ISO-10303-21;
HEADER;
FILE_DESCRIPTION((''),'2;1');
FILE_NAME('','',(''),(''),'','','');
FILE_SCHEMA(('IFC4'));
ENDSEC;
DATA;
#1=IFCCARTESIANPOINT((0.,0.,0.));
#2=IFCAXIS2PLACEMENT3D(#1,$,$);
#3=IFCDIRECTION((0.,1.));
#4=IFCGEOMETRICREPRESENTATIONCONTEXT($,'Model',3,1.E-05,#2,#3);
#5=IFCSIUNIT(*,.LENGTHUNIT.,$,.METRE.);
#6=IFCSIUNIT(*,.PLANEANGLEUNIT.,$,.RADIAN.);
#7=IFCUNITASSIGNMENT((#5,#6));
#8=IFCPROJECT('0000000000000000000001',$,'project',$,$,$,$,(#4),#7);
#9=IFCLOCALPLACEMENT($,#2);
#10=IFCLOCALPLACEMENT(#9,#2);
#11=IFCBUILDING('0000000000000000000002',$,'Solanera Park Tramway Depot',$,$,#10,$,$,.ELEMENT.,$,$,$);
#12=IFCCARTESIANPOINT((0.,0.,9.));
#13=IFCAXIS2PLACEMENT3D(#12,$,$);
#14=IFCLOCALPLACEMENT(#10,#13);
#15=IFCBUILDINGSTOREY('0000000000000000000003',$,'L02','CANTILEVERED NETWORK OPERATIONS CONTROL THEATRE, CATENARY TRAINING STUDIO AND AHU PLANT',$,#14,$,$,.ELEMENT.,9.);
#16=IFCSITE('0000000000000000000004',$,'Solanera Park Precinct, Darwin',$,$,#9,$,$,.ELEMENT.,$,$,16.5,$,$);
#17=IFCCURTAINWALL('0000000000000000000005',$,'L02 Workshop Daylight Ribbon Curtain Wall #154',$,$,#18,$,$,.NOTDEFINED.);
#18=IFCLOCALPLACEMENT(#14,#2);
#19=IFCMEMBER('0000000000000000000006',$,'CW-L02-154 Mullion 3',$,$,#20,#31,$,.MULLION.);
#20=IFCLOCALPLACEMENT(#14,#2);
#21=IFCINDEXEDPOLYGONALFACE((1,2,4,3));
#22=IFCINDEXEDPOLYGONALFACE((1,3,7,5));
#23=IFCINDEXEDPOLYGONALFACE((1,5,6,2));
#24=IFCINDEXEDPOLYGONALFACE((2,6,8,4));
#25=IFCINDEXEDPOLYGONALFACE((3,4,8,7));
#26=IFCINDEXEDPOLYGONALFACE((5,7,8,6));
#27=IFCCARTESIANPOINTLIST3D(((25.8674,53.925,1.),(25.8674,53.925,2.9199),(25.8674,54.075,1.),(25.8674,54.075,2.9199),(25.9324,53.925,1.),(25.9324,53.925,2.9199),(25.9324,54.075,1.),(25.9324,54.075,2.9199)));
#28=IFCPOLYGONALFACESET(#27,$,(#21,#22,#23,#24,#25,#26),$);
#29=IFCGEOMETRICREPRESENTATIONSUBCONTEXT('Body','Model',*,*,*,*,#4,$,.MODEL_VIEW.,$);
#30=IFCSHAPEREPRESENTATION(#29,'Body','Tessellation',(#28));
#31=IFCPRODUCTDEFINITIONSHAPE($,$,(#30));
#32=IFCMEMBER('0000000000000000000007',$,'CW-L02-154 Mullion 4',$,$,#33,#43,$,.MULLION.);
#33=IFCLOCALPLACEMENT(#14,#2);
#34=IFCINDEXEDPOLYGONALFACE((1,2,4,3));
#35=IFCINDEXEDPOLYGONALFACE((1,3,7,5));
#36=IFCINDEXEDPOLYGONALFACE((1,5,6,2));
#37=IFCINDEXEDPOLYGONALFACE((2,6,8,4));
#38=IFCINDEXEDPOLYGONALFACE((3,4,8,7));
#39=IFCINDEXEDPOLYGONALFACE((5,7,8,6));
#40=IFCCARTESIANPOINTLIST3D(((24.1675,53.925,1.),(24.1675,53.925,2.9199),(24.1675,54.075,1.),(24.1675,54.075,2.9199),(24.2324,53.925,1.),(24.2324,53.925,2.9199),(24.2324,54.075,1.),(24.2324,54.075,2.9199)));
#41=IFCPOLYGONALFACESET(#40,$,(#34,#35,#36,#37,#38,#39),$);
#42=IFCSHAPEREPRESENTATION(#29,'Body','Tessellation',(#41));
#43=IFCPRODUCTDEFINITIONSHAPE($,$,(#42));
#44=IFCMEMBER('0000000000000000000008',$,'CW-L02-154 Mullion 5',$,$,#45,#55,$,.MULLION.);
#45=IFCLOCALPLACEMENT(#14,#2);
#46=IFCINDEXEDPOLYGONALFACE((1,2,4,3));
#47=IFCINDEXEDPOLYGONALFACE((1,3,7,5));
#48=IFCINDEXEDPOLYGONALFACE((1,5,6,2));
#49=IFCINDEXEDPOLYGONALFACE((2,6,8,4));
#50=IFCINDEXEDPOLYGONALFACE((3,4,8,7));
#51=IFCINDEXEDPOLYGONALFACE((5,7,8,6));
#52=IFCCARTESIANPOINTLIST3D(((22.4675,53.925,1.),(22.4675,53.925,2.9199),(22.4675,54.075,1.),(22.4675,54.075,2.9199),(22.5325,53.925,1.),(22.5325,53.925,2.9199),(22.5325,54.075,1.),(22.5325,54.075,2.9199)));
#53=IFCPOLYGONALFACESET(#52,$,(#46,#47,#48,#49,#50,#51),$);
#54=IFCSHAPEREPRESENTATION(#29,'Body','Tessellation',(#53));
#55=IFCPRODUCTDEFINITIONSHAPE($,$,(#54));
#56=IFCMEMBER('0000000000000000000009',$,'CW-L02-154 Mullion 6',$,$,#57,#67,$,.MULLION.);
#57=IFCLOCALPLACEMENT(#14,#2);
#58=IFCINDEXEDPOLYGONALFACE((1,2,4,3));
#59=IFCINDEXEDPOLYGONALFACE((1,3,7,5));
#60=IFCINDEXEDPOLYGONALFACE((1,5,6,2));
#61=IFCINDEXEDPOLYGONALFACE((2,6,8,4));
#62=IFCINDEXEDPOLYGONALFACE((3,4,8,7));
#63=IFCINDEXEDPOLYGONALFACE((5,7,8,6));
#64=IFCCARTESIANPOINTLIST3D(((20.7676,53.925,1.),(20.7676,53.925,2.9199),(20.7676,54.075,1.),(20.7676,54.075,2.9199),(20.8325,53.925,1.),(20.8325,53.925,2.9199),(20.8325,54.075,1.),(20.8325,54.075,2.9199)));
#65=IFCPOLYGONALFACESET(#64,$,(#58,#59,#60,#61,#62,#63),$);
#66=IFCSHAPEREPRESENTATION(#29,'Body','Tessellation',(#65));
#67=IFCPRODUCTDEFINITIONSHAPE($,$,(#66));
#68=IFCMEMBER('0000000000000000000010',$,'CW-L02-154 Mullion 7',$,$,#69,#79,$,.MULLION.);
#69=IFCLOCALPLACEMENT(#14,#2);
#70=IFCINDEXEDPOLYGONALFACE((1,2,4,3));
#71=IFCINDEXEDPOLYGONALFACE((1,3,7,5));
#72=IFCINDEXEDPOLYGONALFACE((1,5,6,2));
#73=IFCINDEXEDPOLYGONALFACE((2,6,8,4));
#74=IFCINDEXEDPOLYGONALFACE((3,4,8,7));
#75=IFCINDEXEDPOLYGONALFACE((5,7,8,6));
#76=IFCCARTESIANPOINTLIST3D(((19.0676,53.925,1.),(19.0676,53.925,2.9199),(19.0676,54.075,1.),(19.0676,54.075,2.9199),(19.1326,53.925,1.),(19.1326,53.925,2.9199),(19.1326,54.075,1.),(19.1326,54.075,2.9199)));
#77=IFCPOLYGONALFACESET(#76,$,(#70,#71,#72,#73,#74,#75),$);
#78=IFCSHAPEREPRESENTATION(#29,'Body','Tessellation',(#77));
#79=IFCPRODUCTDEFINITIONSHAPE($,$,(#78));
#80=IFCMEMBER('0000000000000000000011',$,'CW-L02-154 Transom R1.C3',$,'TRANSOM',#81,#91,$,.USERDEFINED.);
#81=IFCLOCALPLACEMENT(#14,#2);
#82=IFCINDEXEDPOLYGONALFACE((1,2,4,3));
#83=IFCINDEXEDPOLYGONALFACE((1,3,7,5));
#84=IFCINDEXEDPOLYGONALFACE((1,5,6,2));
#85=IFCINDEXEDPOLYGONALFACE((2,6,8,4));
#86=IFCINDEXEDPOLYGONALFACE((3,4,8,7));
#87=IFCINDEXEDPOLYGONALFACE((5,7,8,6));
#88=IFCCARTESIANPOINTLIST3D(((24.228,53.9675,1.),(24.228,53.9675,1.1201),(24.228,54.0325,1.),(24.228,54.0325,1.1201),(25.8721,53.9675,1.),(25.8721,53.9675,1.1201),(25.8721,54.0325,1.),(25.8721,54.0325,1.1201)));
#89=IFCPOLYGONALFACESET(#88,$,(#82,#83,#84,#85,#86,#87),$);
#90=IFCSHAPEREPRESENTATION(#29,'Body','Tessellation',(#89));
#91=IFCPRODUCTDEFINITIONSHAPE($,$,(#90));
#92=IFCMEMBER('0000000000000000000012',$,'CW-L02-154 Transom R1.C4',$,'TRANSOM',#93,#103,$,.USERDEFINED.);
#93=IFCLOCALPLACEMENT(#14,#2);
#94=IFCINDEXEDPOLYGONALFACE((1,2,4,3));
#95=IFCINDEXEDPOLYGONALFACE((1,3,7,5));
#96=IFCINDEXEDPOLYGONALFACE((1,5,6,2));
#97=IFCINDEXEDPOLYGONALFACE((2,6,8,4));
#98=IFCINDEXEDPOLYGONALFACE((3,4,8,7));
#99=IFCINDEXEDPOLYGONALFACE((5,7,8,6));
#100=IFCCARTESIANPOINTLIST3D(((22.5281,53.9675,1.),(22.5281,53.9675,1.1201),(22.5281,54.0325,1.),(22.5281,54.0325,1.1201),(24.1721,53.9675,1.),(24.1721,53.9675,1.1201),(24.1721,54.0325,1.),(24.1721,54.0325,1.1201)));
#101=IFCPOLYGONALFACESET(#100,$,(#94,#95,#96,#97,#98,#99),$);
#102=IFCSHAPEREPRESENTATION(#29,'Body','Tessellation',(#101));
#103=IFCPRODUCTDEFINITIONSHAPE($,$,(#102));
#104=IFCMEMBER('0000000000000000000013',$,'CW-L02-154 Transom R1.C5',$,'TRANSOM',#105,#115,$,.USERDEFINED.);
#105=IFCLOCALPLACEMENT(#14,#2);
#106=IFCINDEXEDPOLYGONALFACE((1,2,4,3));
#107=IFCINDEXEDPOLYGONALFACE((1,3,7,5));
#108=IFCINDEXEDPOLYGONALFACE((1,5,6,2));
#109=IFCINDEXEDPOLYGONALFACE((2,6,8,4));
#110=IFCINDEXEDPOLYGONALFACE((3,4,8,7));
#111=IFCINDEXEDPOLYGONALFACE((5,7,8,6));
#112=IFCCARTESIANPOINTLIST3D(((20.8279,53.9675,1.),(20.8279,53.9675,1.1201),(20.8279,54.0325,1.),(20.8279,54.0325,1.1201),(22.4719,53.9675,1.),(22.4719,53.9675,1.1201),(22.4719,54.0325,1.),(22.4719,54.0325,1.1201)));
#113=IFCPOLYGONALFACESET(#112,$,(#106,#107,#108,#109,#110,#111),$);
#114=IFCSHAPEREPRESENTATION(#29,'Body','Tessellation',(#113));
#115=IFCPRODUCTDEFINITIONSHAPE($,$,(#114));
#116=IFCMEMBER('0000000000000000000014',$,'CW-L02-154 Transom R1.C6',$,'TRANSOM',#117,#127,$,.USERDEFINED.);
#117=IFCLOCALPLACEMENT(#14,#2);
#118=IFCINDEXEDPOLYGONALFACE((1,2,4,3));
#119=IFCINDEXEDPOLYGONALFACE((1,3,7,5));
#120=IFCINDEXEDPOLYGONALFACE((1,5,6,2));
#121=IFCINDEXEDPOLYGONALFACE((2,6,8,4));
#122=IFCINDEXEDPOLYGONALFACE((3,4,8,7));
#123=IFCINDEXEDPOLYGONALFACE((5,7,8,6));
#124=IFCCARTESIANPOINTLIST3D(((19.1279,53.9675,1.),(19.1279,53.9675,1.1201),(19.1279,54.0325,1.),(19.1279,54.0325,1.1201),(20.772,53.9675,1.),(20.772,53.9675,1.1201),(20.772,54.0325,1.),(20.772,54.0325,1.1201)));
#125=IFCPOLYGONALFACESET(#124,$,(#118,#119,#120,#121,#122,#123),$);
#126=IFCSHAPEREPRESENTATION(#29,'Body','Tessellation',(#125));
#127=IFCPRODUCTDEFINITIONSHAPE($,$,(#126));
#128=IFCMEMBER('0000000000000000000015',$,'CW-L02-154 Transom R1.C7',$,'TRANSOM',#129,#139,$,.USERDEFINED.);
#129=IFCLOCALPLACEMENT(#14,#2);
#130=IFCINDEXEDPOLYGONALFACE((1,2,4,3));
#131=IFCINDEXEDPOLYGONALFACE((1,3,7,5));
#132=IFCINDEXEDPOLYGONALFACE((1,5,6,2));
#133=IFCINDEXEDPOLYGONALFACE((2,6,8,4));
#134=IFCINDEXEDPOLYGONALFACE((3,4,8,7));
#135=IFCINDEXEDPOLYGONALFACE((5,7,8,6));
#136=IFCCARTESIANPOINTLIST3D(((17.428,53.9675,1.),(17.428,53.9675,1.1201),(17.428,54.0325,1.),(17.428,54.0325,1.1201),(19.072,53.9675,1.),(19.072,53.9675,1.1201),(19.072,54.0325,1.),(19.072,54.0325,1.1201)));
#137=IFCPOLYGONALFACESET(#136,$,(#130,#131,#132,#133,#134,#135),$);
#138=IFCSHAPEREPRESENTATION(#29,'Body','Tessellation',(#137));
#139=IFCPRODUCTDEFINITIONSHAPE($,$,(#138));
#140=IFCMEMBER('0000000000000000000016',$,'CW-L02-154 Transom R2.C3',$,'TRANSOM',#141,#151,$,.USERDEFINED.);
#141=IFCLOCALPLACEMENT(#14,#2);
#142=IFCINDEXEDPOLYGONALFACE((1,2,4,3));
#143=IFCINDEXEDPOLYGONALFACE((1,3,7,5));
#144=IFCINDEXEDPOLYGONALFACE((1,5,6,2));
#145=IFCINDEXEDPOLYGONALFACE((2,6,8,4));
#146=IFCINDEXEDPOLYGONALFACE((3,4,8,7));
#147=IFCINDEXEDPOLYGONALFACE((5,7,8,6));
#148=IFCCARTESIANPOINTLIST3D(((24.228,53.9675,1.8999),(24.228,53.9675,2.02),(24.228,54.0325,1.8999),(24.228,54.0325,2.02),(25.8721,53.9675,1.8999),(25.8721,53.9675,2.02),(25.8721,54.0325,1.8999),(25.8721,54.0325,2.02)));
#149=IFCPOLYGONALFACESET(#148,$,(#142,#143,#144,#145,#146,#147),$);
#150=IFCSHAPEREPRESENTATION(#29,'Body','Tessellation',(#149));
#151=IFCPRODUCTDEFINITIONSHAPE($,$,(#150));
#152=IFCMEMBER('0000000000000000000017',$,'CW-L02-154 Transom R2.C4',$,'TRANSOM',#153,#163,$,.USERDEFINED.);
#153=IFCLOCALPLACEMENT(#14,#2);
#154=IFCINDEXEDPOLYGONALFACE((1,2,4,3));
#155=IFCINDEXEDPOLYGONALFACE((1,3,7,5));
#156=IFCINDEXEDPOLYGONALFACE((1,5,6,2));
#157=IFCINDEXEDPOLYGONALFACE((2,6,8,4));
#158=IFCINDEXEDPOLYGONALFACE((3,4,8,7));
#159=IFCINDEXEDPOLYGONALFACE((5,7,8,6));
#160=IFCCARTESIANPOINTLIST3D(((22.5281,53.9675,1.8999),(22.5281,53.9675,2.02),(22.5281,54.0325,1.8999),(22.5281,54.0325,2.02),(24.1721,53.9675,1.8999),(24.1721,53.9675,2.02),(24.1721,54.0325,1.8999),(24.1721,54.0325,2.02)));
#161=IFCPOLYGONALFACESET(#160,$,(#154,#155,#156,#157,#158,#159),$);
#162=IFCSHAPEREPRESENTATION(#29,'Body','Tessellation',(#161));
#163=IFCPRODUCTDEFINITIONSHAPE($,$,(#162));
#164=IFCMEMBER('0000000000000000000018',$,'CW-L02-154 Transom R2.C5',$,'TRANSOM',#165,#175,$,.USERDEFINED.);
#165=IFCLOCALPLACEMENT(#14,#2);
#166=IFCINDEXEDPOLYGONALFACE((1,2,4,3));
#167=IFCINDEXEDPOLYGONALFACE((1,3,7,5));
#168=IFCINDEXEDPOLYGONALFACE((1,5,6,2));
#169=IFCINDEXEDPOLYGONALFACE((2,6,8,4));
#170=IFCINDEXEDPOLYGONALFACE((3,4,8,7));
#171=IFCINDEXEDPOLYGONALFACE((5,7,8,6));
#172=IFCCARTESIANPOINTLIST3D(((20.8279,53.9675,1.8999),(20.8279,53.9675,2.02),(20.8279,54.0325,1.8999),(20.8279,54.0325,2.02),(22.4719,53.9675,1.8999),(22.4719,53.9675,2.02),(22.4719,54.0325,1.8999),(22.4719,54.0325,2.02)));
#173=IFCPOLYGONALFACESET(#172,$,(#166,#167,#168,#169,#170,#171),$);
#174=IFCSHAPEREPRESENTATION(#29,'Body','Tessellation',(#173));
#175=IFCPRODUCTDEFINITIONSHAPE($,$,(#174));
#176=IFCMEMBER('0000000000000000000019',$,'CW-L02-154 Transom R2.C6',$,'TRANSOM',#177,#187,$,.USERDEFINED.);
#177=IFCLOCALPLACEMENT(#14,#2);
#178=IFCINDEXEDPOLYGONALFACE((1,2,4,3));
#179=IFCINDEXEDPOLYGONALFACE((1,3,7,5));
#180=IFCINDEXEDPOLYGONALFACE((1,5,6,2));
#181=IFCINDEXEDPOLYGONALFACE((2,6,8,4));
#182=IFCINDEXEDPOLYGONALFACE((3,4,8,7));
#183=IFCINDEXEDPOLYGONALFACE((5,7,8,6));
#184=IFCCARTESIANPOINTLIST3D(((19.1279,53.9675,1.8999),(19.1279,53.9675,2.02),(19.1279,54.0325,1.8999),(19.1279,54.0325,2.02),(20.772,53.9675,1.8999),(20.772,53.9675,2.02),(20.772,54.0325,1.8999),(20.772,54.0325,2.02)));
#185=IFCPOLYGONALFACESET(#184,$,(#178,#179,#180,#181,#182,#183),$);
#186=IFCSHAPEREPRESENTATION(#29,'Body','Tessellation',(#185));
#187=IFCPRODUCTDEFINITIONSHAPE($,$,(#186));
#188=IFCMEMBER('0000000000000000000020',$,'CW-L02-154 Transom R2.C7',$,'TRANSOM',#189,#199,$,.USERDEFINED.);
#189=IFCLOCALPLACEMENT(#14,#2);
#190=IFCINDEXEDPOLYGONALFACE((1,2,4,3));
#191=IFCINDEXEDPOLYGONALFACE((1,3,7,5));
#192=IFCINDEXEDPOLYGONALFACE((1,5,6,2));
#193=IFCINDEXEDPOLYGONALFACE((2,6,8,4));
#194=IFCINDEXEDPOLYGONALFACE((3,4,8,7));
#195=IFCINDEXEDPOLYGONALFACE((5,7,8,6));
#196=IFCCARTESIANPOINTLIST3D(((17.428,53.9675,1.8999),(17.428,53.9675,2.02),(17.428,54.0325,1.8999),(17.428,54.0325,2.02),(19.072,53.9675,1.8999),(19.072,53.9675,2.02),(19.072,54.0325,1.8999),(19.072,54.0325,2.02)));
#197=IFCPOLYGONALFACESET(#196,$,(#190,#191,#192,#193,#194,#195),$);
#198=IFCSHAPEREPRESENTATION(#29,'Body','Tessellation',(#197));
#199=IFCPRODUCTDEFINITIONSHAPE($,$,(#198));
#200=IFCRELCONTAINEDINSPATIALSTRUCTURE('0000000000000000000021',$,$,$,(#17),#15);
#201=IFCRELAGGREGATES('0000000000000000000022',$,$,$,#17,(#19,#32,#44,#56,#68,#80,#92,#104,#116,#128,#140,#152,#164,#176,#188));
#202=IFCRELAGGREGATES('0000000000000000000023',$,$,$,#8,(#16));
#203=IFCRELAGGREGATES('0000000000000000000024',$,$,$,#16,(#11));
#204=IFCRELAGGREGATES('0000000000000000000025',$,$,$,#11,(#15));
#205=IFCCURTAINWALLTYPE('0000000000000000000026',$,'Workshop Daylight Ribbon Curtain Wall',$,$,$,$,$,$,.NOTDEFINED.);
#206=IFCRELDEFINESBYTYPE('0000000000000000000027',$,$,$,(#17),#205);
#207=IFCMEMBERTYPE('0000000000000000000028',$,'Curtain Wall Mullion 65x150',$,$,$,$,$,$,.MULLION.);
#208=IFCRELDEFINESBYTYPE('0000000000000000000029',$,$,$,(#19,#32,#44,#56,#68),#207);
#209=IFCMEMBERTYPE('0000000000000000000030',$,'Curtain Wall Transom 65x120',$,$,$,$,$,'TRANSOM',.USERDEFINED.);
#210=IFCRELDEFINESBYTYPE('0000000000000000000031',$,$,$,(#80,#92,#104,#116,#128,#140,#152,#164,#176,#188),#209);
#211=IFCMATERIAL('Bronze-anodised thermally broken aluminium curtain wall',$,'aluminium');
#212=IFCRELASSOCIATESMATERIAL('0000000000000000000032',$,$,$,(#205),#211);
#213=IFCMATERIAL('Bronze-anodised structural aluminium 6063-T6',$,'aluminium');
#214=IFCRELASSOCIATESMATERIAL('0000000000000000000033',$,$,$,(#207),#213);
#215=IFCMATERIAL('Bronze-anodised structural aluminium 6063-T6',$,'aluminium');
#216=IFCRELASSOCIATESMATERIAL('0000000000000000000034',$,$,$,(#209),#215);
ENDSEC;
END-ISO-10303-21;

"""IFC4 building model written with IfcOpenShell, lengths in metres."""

from ifc_helpers import new_model, si_unit, direction, frame, origin, origin_2d, place, context, subcontext, project, spatial, rectangle, extrude, material, material_profile, profile_set, type_object, element, aggregate, save


model = new_model("IFC4")

# Units and contexts
model_context = context("Model", 3, precision=1e-05, world=origin(), true_north=direction((0.0, 1.0)))
body_context = subcontext(model_context, "Body", "Model", "MODEL_VIEW")
ifc_project = project(units=[si_unit("LENGTHUNIT", "METRE"), si_unit("PLANEANGLEUNIT", "RADIAN")], contexts=[model_context])

# Site, building, storey
site_placement = place(None, origin())
site = spatial("IfcSite", under=ifc_project, at=site_placement, Name="Solanera Park Precinct, Darwin", CompositionType="ELEMENT", RefElevation=16.5)
building_placement = place(site_placement, origin())
building = spatial("IfcBuilding", under=site, at=building_placement, Name="Solanera Park Tramway Depot", CompositionType="ELEMENT")
storey_placement = place(building_placement, frame((0.0, 0.0, 9.0)))
storey = spatial("IfcBuildingStorey", under=building, at=storey_placement, Name="L02", Description="CANTILEVERED NETWORK OPERATIONS CONTROL THEATRE, CATENARY TRAINING STUDIO AND AHU PLANT", CompositionType="ELEMENT", Elevation=9.0)

# Curtain wall, members
ifc_material_1 = material(Name="Bronze-anodised thermally broken aluminium curtain wall", Category="aluminium")
curtain_wall_type = type_object("IfcCurtainWallType", Name="Workshop Daylight Ribbon Curtain Wall", PredefinedType="NOTDEFINED", material=ifc_material_1)
curtain_wall_placement = place(storey_placement, origin())
curtain_wall = element("IfcCurtainWall", 1, at=curtain_wall_placement, inside=storey, type_object=curtain_wall_type, Name="L02 Workshop Daylight Ribbon Curtain Wall #154", PredefinedType="NOTDEFINED")
ifc_material_2 = material(Name="Bronze-anodised structural aluminium 6063-T6", Category="aluminium")
ifc_material_profile_1 = material_profile(ifc_material_2, rectangle(XDim=0.0649, YDim=0.1499, at=origin_2d()), Name="Curtain Wall Mullion 65x150")
ifc_profile_set_1 = profile_set([ifc_material_profile_1], Name="Bronze-anodised structural aluminium 6063-T6")
member_type_1 = type_object("IfcMemberType", Name="Curtain Wall Mullion 65x150", PredefinedType="MULLION", material=ifc_profile_set_1)
member_1_placement = place(storey_placement, frame((25.8999, 54.0, 1.0), z_axis=(0.0, 0.0, 1.0), x_axis=(1.0, 0.0, 0.0)))
member_1 = element("IfcMember", 2, at=member_1_placement, type_object=member_type_1, Name="CW-L02-154 Mullion 3", PredefinedType="MULLION", context=body_context, shape_type="SweptSolid", body=[
    extrude(rectangle(XDim=0.0649, YDim=0.1499, at=origin_2d()), origin(), (0.0, 0.0, 1.0), 1.9199),
])
member_2_placement = place(storey_placement, frame((24.2, 54.0, 1.0), z_axis=(0.0, 0.0, 1.0), x_axis=(1.0, 0.0, 0.0)))
member_2 = element("IfcMember", 3, at=member_2_placement, type_object=member_type_1, Name="CW-L02-154 Mullion 4", PredefinedType="MULLION", context=body_context, shape_type="SweptSolid", body=[
    extrude(rectangle(XDim=0.0649, YDim=0.1499, at=origin_2d()), origin(), (0.0, 0.0, 1.0), 1.9199),
])
member_3_placement = place(storey_placement, frame((22.5, 54.0, 1.0), z_axis=(0.0, 0.0, 1.0), x_axis=(1.0, 0.0, 0.0)))
member_3 = element("IfcMember", 4, at=member_3_placement, type_object=member_type_1, Name="CW-L02-154 Mullion 5", PredefinedType="MULLION", context=body_context, shape_type="SweptSolid", body=[
    extrude(rectangle(XDim=0.0649, YDim=0.1499, at=origin_2d()), origin(), (0.0, 0.0, 1.0), 1.9199),
])
member_4_placement = place(storey_placement, frame((20.8, 54.0, 1.0), z_axis=(0.0, 0.0, 1.0), x_axis=(1.0, 0.0, 0.0)))
member_4 = element("IfcMember", 5, at=member_4_placement, type_object=member_type_1, Name="CW-L02-154 Mullion 6", PredefinedType="MULLION", context=body_context, shape_type="SweptSolid", body=[
    extrude(rectangle(XDim=0.0649, YDim=0.1499, at=origin_2d()), origin(), (0.0, 0.0, 1.0), 1.9199),
])
member_5_placement = place(storey_placement, frame((19.1001, 54.0, 1.0), z_axis=(0.0, 0.0, 1.0), x_axis=(1.0, 0.0, 0.0)))
member_5 = element("IfcMember", 6, at=member_5_placement, type_object=member_type_1, Name="CW-L02-154 Mullion 7", PredefinedType="MULLION", context=body_context, shape_type="SweptSolid", body=[
    extrude(rectangle(XDim=0.0649, YDim=0.1499, at=origin_2d()), origin(), (0.0, 0.0, 1.0), 1.9199),
])
ifc_material_3 = material(Name="Bronze-anodised structural aluminium 6063-T6", Category="aluminium")
ifc_material_profile_2 = material_profile(ifc_material_3, rectangle(XDim=0.0649, YDim=0.1201, at=origin_2d()), Name="Curtain Wall Transom 65x120")
ifc_profile_set_2 = profile_set([ifc_material_profile_2], Name="Bronze-anodised structural aluminium 6063-T6")
member_type_2 = type_object("IfcMemberType", Name="Curtain Wall Transom 65x120", ElementType="TRANSOM", PredefinedType="USERDEFINED", material=ifc_profile_set_2)
member_6_placement = place(storey_placement, frame((25.8721, 54.0, 1.0601), z_axis=(-1.0, 0.0, 0.0), x_axis=(0.0, -1.0, 0.0)))
member_6 = element("IfcMember", 7, at=member_6_placement, type_object=member_type_2, Name="CW-L02-154 Transom R1.C3", ObjectType="TRANSOM", PredefinedType="USERDEFINED", context=body_context, shape_type="SweptSolid", body=[
    extrude(rectangle(XDim=0.0649, YDim=0.1201, at=origin_2d()), origin(), (0.0, 0.0, 1.0), 1.644),
])
member_7_placement = place(storey_placement, frame((24.1721, 54.0, 1.0601), z_axis=(-1.0, 0.0, 0.0), x_axis=(0.0, -1.0, 0.0)))
member_7 = element("IfcMember", 8, at=member_7_placement, type_object=member_type_2, Name="CW-L02-154 Transom R1.C4", ObjectType="TRANSOM", PredefinedType="USERDEFINED", context=body_context, shape_type="SweptSolid", body=[
    extrude(rectangle(XDim=0.0649, YDim=0.1201, at=origin_2d()), origin(), (0.0, 0.0, 1.0), 1.644),
])
member_8_placement = place(storey_placement, frame((22.4719, 54.0, 1.0601), z_axis=(-1.0, 0.0, 0.0), x_axis=(0.0, -1.0, 0.0)))
member_8 = element("IfcMember", 9, at=member_8_placement, type_object=member_type_2, Name="CW-L02-154 Transom R1.C5", ObjectType="TRANSOM", PredefinedType="USERDEFINED", context=body_context, shape_type="SweptSolid", body=[
    extrude(rectangle(XDim=0.0649, YDim=0.1201, at=origin_2d()), origin(), (0.0, 0.0, 1.0), 1.644),
])
member_9_placement = place(storey_placement, frame((20.772, 54.0, 1.0601), z_axis=(-1.0, 0.0, 0.0), x_axis=(0.0, -1.0, 0.0)))
member_9 = element("IfcMember", 10, at=member_9_placement, type_object=member_type_2, Name="CW-L02-154 Transom R1.C6", ObjectType="TRANSOM", PredefinedType="USERDEFINED", context=body_context, shape_type="SweptSolid", body=[
    extrude(rectangle(XDim=0.0649, YDim=0.1201, at=origin_2d()), origin(), (0.0, 0.0, 1.0), 1.644),
])
member_10_placement = place(storey_placement, frame((19.072, 54.0, 1.0601), z_axis=(-1.0, 0.0, 0.0), x_axis=(0.0, -1.0, 0.0)))
member_10 = element("IfcMember", 11, at=member_10_placement, type_object=member_type_2, Name="CW-L02-154 Transom R1.C7", ObjectType="TRANSOM", PredefinedType="USERDEFINED", context=body_context, shape_type="SweptSolid", body=[
    extrude(rectangle(XDim=0.0649, YDim=0.1201, at=origin_2d()), origin(), (0.0, 0.0, 1.0), 1.644),
])
member_11_placement = place(storey_placement, frame((25.8721, 54.0, 1.96), z_axis=(-1.0, 0.0, 0.0), x_axis=(0.0, -1.0, 0.0)))
member_11 = element("IfcMember", 12, at=member_11_placement, type_object=member_type_2, Name="CW-L02-154 Transom R2.C3", ObjectType="TRANSOM", PredefinedType="USERDEFINED", context=body_context, shape_type="SweptSolid", body=[
    extrude(rectangle(XDim=0.0649, YDim=0.1201, at=origin_2d()), origin(), (0.0, 0.0, 1.0), 1.644),
])
member_12_placement = place(storey_placement, frame((24.1721, 54.0, 1.96), z_axis=(-1.0, 0.0, 0.0), x_axis=(0.0, -1.0, 0.0)))
member_12 = element("IfcMember", 13, at=member_12_placement, type_object=member_type_2, Name="CW-L02-154 Transom R2.C4", ObjectType="TRANSOM", PredefinedType="USERDEFINED", context=body_context, shape_type="SweptSolid", body=[
    extrude(rectangle(XDim=0.0649, YDim=0.1201, at=origin_2d()), origin(), (0.0, 0.0, 1.0), 1.644),
])
member_13_placement = place(storey_placement, frame((22.4719, 54.0, 1.96), z_axis=(-1.0, 0.0, 0.0), x_axis=(0.0, -1.0, 0.0)))
member_13 = element("IfcMember", 14, at=member_13_placement, type_object=member_type_2, Name="CW-L02-154 Transom R2.C5", ObjectType="TRANSOM", PredefinedType="USERDEFINED", context=body_context, shape_type="SweptSolid", body=[
    extrude(rectangle(XDim=0.0649, YDim=0.1201, at=origin_2d()), origin(), (0.0, 0.0, 1.0), 1.644),
])
member_14_placement = place(storey_placement, frame((20.772, 54.0, 1.96), z_axis=(-1.0, 0.0, 0.0), x_axis=(0.0, -1.0, 0.0)))
member_14 = element("IfcMember", 15, at=member_14_placement, type_object=member_type_2, Name="CW-L02-154 Transom R2.C6", ObjectType="TRANSOM", PredefinedType="USERDEFINED", context=body_context, shape_type="SweptSolid", body=[
    extrude(rectangle(XDim=0.0649, YDim=0.1201, at=origin_2d()), origin(), (0.0, 0.0, 1.0), 1.644),
])
member_15_placement = place(storey_placement, frame((19.072, 54.0, 1.96), z_axis=(-1.0, 0.0, 0.0), x_axis=(0.0, -1.0, 0.0)))
member_15 = element("IfcMember", 16, at=member_15_placement, type_object=member_type_2, Name="CW-L02-154 Transom R2.C7", ObjectType="TRANSOM", PredefinedType="USERDEFINED", context=body_context, shape_type="SweptSolid", body=[
    extrude(rectangle(XDim=0.0649, YDim=0.1201, at=origin_2d()), origin(), (0.0, 0.0, 1.0), 1.644),
])
aggregate(curtain_wall, [member_1, member_2, member_3, member_4, member_5, member_6, member_7, member_8, member_9, member_10, member_11, member_12, member_13, member_14, member_15])

save(model, "model.ifc")
